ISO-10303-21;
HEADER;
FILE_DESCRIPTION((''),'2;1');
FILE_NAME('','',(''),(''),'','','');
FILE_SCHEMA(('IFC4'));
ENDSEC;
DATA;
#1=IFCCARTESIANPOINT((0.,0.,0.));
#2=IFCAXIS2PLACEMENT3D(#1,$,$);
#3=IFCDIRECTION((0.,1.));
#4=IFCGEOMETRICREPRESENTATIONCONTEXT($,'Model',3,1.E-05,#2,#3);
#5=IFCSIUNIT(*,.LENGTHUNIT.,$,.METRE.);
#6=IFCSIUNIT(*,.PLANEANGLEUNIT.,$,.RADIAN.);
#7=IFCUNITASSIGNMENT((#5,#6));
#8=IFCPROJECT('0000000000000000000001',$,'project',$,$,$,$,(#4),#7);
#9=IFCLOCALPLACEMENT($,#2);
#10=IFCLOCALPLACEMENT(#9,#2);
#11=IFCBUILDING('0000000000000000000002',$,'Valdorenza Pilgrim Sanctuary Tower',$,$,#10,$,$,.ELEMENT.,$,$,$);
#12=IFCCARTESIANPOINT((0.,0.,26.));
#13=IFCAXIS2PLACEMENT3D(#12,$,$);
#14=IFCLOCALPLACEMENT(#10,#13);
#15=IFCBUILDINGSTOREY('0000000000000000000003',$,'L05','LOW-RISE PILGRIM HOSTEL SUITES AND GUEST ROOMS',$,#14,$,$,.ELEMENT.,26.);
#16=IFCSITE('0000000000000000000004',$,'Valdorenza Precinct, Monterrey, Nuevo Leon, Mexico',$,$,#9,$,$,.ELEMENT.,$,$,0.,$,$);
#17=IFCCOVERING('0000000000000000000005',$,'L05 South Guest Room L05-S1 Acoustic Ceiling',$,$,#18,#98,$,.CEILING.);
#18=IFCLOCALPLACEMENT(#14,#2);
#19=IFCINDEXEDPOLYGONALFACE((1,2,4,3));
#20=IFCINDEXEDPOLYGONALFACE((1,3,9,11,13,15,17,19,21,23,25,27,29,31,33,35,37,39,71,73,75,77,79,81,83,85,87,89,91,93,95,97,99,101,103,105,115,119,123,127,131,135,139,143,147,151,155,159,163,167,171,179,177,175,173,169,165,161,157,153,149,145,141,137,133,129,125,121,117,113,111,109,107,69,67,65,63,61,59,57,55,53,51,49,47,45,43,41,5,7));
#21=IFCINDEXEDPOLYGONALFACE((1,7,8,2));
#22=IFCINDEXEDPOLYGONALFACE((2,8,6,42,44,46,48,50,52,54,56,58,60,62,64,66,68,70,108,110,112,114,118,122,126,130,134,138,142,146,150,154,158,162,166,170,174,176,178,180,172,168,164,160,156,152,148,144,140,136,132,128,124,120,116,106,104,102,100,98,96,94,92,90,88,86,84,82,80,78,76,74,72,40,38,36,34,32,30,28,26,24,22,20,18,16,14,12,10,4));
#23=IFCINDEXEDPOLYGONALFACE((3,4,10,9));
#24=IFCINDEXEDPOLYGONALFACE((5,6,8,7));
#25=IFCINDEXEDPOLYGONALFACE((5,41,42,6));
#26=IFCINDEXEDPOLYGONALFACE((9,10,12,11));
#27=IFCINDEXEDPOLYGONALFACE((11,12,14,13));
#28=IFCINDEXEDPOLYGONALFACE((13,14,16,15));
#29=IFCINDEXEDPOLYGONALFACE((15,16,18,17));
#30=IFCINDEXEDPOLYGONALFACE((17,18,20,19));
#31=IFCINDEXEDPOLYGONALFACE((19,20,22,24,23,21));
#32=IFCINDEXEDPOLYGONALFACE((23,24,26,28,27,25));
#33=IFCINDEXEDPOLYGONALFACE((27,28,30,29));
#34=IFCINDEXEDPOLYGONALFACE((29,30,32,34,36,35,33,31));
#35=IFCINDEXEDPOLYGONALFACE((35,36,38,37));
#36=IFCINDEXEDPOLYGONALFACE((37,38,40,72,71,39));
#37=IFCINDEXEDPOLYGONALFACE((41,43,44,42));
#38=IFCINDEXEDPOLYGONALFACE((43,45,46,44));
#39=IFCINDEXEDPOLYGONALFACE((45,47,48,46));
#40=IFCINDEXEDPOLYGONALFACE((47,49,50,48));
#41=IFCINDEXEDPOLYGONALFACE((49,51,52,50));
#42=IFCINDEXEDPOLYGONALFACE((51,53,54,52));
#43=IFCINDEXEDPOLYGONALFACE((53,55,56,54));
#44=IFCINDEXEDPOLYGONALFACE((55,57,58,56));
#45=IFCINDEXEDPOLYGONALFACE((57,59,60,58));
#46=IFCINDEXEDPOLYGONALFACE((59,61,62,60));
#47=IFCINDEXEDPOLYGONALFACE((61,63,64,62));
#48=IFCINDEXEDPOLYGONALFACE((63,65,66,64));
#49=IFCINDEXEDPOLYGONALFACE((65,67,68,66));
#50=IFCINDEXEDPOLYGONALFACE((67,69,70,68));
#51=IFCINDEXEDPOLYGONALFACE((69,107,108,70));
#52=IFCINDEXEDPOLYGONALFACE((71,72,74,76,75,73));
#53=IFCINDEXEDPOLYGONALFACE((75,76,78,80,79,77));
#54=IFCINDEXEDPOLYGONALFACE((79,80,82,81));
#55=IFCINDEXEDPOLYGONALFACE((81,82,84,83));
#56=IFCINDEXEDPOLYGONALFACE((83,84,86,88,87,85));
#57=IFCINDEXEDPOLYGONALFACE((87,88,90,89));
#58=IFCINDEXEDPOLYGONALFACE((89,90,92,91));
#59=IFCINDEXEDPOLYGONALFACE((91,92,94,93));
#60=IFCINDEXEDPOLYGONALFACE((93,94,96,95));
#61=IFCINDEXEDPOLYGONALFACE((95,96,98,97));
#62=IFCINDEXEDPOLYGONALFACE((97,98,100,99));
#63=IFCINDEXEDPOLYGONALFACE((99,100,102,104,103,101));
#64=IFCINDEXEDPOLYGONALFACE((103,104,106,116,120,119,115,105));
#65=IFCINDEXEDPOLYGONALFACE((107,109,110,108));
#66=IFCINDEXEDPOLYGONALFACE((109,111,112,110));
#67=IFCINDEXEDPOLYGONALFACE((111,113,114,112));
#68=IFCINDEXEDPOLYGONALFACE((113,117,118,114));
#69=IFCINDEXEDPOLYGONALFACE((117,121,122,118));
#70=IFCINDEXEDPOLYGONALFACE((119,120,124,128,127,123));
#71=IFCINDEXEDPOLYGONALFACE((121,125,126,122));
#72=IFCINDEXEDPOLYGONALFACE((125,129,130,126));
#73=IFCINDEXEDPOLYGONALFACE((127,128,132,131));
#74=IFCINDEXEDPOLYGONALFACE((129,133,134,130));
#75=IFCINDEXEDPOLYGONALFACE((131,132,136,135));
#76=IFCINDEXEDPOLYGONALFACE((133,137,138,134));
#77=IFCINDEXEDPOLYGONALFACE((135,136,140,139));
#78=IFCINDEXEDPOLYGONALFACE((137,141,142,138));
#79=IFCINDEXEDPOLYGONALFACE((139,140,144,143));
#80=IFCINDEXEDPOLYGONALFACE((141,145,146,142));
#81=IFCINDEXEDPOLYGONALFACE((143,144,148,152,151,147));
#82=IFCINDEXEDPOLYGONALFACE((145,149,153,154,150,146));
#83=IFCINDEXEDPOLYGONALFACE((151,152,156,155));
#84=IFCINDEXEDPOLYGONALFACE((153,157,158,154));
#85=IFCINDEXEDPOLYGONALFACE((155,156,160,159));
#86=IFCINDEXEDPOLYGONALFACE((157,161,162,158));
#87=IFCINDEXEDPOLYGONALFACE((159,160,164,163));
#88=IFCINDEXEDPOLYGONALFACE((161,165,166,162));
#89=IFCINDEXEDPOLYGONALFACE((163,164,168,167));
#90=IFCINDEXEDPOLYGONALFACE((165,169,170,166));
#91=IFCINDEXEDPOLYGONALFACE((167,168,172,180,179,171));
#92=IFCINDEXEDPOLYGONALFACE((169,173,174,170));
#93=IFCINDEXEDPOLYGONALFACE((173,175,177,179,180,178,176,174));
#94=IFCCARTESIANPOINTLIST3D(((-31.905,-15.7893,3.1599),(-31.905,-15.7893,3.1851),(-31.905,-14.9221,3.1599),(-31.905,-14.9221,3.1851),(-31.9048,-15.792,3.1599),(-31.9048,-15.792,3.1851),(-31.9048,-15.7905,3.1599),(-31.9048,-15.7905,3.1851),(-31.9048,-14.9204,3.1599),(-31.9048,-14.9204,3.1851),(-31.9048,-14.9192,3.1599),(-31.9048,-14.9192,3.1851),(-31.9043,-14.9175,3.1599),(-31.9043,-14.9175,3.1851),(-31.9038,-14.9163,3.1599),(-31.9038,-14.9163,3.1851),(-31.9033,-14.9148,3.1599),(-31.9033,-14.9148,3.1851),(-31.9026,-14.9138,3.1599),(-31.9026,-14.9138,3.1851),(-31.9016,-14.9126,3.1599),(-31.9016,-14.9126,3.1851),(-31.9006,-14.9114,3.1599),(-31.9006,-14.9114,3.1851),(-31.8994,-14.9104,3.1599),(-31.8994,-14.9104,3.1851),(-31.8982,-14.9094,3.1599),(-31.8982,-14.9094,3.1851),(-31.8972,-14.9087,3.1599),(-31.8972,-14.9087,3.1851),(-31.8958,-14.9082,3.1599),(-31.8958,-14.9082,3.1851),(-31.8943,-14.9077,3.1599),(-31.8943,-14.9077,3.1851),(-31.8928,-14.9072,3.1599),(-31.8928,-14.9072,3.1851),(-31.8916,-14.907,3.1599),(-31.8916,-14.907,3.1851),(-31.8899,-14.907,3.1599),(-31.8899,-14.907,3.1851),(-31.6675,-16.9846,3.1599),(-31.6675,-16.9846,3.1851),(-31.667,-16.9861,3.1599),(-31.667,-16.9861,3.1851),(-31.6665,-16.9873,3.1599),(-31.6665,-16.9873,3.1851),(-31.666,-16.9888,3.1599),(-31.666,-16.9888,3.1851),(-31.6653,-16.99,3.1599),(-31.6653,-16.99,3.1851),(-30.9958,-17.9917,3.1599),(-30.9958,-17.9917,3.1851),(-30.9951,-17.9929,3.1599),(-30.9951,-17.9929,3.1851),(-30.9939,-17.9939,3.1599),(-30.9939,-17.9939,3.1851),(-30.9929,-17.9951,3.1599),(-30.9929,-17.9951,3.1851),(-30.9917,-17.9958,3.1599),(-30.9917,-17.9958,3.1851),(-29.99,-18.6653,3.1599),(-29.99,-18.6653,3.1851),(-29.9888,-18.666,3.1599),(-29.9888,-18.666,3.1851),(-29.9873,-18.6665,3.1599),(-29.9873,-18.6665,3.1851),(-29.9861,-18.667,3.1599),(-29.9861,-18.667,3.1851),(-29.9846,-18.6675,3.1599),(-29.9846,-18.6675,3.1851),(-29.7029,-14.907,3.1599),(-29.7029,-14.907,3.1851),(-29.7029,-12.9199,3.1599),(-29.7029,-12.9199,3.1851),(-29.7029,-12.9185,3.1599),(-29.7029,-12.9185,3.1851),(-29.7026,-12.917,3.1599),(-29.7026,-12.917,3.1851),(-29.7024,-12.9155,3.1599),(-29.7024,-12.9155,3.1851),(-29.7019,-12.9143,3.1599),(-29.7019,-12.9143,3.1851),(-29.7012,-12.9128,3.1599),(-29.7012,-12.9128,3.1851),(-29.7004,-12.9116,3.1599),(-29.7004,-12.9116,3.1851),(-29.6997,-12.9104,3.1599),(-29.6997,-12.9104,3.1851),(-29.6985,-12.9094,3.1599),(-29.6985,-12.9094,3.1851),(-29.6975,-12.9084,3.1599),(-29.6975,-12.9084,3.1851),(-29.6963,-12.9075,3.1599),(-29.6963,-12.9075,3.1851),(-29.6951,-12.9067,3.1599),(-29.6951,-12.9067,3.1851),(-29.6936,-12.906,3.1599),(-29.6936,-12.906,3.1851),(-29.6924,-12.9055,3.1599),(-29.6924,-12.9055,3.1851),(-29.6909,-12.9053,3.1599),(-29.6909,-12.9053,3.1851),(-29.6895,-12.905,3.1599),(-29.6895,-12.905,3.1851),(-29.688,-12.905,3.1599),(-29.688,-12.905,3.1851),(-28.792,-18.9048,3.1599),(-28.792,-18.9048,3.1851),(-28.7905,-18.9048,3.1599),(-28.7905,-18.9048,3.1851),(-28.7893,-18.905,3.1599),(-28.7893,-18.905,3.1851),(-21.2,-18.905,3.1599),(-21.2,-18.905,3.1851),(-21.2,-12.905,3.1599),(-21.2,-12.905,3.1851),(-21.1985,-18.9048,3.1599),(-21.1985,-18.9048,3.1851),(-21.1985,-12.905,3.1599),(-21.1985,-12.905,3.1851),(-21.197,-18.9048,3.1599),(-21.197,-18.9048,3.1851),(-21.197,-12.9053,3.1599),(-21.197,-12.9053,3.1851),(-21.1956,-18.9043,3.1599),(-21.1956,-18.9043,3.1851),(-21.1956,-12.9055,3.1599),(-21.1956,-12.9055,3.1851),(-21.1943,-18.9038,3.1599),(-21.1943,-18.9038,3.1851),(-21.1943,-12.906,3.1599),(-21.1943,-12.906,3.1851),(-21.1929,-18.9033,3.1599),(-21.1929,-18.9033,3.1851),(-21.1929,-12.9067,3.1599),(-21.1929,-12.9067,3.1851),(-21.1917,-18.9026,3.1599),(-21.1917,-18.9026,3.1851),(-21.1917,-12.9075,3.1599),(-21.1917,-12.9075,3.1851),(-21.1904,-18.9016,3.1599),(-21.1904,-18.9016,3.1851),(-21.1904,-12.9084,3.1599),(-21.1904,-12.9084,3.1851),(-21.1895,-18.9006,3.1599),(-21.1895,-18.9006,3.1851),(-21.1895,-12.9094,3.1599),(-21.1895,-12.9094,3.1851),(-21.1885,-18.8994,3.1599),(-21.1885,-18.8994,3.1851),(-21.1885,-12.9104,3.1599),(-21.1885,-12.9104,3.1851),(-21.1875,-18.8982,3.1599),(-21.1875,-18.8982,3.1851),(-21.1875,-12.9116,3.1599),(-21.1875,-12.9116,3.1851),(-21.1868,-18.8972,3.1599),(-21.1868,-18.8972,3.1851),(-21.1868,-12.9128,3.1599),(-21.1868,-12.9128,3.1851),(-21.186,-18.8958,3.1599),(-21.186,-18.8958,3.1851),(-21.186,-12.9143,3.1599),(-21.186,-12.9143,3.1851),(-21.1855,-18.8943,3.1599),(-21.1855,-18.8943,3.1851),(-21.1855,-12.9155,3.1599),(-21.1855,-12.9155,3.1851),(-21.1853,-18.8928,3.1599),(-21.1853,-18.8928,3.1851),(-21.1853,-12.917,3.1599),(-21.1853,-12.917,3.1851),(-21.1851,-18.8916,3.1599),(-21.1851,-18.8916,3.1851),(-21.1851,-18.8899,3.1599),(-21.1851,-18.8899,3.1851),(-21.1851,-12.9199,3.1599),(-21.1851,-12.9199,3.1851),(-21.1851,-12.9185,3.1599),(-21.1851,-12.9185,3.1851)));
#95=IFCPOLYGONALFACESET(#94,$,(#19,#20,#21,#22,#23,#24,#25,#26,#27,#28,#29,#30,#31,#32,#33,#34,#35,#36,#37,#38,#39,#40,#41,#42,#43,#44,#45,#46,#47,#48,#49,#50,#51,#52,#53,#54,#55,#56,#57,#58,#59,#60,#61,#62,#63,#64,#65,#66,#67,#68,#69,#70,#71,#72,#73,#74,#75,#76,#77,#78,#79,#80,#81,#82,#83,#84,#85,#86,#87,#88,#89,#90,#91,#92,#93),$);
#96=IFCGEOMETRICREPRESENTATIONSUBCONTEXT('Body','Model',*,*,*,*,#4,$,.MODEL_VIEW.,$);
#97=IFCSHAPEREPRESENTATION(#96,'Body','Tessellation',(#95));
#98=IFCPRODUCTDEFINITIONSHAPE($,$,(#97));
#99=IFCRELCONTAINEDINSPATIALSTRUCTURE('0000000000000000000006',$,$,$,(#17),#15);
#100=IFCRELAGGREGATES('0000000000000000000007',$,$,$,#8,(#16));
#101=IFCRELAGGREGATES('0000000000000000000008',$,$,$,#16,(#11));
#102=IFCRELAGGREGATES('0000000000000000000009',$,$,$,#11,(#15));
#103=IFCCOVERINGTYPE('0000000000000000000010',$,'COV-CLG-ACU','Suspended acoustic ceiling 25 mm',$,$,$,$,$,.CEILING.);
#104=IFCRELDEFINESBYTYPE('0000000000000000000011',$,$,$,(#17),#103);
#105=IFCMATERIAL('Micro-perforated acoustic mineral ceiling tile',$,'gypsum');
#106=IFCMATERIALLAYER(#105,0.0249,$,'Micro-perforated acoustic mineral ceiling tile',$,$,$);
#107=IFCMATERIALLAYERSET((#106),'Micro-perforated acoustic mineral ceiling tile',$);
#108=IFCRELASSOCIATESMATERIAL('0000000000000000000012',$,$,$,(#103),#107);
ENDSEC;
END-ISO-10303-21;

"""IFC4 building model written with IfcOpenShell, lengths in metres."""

from ifc_helpers import new_model, si_unit, direction, frame, origin, place, context, subcontext, project, spatial, polyline, outline, extrude, material, layer, layer_set, type_object, element, save


model = new_model("IFC4")

# Units and contexts
model_context = context("Model", 3, precision=1e-05, world=origin(), true_north=direction((0.0, 1.0)))
body_context = subcontext(model_context, "Body", "Model", "MODEL_VIEW")
ifc_project = project(units=[si_unit("LENGTHUNIT", "METRE"), si_unit("PLANEANGLEUNIT", "RADIAN")], contexts=[model_context])

# Site, building, storey
site_placement = place(None, origin())
site = spatial("IfcSite", under=ifc_project, at=site_placement, Name="Valdorenza Precinct, Monterrey, Nuevo Leon, Mexico", CompositionType="ELEMENT", RefElevation=0.0)
building_placement = place(site_placement, origin())
building = spatial("IfcBuilding", under=site, at=building_placement, Name="Valdorenza Pilgrim Sanctuary Tower", CompositionType="ELEMENT")
storey_placement = place(building_placement, frame((0.0, 0.0, 26.0)))
storey = spatial("IfcBuildingStorey", under=building, at=storey_placement, Name="L05", Description="LOW-RISE PILGRIM HOSTEL SUITES AND GUEST ROOMS", CompositionType="ELEMENT", Elevation=26.0)

# Covering
ifc_material_1 = material(Name="Micro-perforated acoustic mineral ceiling tile", Category="gypsum")
ifc_layer_1 = layer(ifc_material_1, 0.0249, Name="Micro-perforated acoustic mineral ceiling tile")
ifc_layer_set_1 = layer_set([ifc_layer_1], Name="Micro-perforated acoustic mineral ceiling tile")
covering_type_1 = type_object("IfcCoveringType", Name="COV-CLG-ACU", Description="Suspended acoustic ceiling 25 mm", PredefinedType="CEILING", material=ifc_layer_set_1)
covering_1_placement = place(storey_placement, frame((0.0, 0.0, 3.1599)))
element("IfcCovering", 1, at=covering_1_placement, inside=storey, type_object=covering_type_1, Name="L05 South Guest Room L05-S1 Acoustic Ceiling", PredefinedType="CEILING", context=body_context, shape_type="SweptSolid", body=[
    extrude(outline(polyline([(-29.7029, -14.907), (-29.7029, -12.9199), (-29.7029, -12.9185), (-29.7026, -12.917), (-29.7024, -12.9155), (-29.7019, -12.9143), (-29.7012, -12.9128), (-29.7004, -12.9116), (-29.6997, -12.9104), (-29.6985, -12.9094), (-29.6975, -12.9084), (-29.6963, -12.9075), (-29.6951, -12.9067), (-29.6936, -12.906), (-29.6924, -12.9055), (-29.6909, -12.9053), (-29.6895, -12.905), (-29.688, -12.905), (-21.2, -12.905), (-21.1985, -12.905), (-21.197, -12.9053), (-21.1956, -12.9055), (-21.1943, -12.906), (-21.1929, -12.9067), (-21.1917, -12.9075), (-21.1904, -12.9084), (-21.1895, -12.9094), (-21.1885, -12.9104), (-21.1875, -12.9116), (-21.1868, -12.9128), (-21.186, -12.9143), (-21.1855, -12.9155), (-21.1853, -12.917), (-21.1851, -12.9185), (-21.1851, -12.9199), (-21.1851, -18.8899), (-21.1851, -18.8916), (-21.1853, -18.8928), (-21.1855, -18.8943), (-21.186, -18.8958), (-21.1868, -18.8972), (-21.1875, -18.8982), (-21.1885, -18.8994), (-21.1895, -18.9006), (-21.1904, -18.9016), (-21.1917, -18.9026), (-21.1929, -18.9033), (-21.1943, -18.9038), (-21.1956, -18.9043), (-21.197, -18.9048), (-21.1985, -18.9048), (-21.2, -18.905), (-28.7893, -18.905), (-28.7905, -18.9048), (-28.792, -18.9048), (-29.9846, -18.6675), (-29.9861, -18.667), (-29.9873, -18.6665), (-29.9888, -18.666), (-29.99, -18.6653), (-30.9917, -17.9958), (-30.9929, -17.9951), (-30.9939, -17.9939), (-30.9951, -17.9929), (-30.9958, -17.9917), (-31.6653, -16.99), (-31.666, -16.9888), (-31.6665, -16.9873), (-31.667, -16.9861), (-31.6675, -16.9846), (-31.9048, -15.792), (-31.9048, -15.7905), (-31.905, -15.7893), (-31.905, -14.9221), (-31.9048, -14.9204), (-31.9048, -14.9192), (-31.9043, -14.9175), (-31.9038, -14.9163), (-31.9033, -14.9148), (-31.9026, -14.9138), (-31.9016, -14.9126), (-31.9006, -14.9114), (-31.8994, -14.9104), (-31.8982, -14.9094), (-31.8972, -14.9087), (-31.8958, -14.9082), (-31.8943, -14.9077), (-31.8928, -14.9072), (-31.8916, -14.907), (-31.8899, -14.907), (-29.7029, -14.907)])), origin(), (0.0, 0.0, 1.0), 0.0251),
])

save(model, "model.ifc")
